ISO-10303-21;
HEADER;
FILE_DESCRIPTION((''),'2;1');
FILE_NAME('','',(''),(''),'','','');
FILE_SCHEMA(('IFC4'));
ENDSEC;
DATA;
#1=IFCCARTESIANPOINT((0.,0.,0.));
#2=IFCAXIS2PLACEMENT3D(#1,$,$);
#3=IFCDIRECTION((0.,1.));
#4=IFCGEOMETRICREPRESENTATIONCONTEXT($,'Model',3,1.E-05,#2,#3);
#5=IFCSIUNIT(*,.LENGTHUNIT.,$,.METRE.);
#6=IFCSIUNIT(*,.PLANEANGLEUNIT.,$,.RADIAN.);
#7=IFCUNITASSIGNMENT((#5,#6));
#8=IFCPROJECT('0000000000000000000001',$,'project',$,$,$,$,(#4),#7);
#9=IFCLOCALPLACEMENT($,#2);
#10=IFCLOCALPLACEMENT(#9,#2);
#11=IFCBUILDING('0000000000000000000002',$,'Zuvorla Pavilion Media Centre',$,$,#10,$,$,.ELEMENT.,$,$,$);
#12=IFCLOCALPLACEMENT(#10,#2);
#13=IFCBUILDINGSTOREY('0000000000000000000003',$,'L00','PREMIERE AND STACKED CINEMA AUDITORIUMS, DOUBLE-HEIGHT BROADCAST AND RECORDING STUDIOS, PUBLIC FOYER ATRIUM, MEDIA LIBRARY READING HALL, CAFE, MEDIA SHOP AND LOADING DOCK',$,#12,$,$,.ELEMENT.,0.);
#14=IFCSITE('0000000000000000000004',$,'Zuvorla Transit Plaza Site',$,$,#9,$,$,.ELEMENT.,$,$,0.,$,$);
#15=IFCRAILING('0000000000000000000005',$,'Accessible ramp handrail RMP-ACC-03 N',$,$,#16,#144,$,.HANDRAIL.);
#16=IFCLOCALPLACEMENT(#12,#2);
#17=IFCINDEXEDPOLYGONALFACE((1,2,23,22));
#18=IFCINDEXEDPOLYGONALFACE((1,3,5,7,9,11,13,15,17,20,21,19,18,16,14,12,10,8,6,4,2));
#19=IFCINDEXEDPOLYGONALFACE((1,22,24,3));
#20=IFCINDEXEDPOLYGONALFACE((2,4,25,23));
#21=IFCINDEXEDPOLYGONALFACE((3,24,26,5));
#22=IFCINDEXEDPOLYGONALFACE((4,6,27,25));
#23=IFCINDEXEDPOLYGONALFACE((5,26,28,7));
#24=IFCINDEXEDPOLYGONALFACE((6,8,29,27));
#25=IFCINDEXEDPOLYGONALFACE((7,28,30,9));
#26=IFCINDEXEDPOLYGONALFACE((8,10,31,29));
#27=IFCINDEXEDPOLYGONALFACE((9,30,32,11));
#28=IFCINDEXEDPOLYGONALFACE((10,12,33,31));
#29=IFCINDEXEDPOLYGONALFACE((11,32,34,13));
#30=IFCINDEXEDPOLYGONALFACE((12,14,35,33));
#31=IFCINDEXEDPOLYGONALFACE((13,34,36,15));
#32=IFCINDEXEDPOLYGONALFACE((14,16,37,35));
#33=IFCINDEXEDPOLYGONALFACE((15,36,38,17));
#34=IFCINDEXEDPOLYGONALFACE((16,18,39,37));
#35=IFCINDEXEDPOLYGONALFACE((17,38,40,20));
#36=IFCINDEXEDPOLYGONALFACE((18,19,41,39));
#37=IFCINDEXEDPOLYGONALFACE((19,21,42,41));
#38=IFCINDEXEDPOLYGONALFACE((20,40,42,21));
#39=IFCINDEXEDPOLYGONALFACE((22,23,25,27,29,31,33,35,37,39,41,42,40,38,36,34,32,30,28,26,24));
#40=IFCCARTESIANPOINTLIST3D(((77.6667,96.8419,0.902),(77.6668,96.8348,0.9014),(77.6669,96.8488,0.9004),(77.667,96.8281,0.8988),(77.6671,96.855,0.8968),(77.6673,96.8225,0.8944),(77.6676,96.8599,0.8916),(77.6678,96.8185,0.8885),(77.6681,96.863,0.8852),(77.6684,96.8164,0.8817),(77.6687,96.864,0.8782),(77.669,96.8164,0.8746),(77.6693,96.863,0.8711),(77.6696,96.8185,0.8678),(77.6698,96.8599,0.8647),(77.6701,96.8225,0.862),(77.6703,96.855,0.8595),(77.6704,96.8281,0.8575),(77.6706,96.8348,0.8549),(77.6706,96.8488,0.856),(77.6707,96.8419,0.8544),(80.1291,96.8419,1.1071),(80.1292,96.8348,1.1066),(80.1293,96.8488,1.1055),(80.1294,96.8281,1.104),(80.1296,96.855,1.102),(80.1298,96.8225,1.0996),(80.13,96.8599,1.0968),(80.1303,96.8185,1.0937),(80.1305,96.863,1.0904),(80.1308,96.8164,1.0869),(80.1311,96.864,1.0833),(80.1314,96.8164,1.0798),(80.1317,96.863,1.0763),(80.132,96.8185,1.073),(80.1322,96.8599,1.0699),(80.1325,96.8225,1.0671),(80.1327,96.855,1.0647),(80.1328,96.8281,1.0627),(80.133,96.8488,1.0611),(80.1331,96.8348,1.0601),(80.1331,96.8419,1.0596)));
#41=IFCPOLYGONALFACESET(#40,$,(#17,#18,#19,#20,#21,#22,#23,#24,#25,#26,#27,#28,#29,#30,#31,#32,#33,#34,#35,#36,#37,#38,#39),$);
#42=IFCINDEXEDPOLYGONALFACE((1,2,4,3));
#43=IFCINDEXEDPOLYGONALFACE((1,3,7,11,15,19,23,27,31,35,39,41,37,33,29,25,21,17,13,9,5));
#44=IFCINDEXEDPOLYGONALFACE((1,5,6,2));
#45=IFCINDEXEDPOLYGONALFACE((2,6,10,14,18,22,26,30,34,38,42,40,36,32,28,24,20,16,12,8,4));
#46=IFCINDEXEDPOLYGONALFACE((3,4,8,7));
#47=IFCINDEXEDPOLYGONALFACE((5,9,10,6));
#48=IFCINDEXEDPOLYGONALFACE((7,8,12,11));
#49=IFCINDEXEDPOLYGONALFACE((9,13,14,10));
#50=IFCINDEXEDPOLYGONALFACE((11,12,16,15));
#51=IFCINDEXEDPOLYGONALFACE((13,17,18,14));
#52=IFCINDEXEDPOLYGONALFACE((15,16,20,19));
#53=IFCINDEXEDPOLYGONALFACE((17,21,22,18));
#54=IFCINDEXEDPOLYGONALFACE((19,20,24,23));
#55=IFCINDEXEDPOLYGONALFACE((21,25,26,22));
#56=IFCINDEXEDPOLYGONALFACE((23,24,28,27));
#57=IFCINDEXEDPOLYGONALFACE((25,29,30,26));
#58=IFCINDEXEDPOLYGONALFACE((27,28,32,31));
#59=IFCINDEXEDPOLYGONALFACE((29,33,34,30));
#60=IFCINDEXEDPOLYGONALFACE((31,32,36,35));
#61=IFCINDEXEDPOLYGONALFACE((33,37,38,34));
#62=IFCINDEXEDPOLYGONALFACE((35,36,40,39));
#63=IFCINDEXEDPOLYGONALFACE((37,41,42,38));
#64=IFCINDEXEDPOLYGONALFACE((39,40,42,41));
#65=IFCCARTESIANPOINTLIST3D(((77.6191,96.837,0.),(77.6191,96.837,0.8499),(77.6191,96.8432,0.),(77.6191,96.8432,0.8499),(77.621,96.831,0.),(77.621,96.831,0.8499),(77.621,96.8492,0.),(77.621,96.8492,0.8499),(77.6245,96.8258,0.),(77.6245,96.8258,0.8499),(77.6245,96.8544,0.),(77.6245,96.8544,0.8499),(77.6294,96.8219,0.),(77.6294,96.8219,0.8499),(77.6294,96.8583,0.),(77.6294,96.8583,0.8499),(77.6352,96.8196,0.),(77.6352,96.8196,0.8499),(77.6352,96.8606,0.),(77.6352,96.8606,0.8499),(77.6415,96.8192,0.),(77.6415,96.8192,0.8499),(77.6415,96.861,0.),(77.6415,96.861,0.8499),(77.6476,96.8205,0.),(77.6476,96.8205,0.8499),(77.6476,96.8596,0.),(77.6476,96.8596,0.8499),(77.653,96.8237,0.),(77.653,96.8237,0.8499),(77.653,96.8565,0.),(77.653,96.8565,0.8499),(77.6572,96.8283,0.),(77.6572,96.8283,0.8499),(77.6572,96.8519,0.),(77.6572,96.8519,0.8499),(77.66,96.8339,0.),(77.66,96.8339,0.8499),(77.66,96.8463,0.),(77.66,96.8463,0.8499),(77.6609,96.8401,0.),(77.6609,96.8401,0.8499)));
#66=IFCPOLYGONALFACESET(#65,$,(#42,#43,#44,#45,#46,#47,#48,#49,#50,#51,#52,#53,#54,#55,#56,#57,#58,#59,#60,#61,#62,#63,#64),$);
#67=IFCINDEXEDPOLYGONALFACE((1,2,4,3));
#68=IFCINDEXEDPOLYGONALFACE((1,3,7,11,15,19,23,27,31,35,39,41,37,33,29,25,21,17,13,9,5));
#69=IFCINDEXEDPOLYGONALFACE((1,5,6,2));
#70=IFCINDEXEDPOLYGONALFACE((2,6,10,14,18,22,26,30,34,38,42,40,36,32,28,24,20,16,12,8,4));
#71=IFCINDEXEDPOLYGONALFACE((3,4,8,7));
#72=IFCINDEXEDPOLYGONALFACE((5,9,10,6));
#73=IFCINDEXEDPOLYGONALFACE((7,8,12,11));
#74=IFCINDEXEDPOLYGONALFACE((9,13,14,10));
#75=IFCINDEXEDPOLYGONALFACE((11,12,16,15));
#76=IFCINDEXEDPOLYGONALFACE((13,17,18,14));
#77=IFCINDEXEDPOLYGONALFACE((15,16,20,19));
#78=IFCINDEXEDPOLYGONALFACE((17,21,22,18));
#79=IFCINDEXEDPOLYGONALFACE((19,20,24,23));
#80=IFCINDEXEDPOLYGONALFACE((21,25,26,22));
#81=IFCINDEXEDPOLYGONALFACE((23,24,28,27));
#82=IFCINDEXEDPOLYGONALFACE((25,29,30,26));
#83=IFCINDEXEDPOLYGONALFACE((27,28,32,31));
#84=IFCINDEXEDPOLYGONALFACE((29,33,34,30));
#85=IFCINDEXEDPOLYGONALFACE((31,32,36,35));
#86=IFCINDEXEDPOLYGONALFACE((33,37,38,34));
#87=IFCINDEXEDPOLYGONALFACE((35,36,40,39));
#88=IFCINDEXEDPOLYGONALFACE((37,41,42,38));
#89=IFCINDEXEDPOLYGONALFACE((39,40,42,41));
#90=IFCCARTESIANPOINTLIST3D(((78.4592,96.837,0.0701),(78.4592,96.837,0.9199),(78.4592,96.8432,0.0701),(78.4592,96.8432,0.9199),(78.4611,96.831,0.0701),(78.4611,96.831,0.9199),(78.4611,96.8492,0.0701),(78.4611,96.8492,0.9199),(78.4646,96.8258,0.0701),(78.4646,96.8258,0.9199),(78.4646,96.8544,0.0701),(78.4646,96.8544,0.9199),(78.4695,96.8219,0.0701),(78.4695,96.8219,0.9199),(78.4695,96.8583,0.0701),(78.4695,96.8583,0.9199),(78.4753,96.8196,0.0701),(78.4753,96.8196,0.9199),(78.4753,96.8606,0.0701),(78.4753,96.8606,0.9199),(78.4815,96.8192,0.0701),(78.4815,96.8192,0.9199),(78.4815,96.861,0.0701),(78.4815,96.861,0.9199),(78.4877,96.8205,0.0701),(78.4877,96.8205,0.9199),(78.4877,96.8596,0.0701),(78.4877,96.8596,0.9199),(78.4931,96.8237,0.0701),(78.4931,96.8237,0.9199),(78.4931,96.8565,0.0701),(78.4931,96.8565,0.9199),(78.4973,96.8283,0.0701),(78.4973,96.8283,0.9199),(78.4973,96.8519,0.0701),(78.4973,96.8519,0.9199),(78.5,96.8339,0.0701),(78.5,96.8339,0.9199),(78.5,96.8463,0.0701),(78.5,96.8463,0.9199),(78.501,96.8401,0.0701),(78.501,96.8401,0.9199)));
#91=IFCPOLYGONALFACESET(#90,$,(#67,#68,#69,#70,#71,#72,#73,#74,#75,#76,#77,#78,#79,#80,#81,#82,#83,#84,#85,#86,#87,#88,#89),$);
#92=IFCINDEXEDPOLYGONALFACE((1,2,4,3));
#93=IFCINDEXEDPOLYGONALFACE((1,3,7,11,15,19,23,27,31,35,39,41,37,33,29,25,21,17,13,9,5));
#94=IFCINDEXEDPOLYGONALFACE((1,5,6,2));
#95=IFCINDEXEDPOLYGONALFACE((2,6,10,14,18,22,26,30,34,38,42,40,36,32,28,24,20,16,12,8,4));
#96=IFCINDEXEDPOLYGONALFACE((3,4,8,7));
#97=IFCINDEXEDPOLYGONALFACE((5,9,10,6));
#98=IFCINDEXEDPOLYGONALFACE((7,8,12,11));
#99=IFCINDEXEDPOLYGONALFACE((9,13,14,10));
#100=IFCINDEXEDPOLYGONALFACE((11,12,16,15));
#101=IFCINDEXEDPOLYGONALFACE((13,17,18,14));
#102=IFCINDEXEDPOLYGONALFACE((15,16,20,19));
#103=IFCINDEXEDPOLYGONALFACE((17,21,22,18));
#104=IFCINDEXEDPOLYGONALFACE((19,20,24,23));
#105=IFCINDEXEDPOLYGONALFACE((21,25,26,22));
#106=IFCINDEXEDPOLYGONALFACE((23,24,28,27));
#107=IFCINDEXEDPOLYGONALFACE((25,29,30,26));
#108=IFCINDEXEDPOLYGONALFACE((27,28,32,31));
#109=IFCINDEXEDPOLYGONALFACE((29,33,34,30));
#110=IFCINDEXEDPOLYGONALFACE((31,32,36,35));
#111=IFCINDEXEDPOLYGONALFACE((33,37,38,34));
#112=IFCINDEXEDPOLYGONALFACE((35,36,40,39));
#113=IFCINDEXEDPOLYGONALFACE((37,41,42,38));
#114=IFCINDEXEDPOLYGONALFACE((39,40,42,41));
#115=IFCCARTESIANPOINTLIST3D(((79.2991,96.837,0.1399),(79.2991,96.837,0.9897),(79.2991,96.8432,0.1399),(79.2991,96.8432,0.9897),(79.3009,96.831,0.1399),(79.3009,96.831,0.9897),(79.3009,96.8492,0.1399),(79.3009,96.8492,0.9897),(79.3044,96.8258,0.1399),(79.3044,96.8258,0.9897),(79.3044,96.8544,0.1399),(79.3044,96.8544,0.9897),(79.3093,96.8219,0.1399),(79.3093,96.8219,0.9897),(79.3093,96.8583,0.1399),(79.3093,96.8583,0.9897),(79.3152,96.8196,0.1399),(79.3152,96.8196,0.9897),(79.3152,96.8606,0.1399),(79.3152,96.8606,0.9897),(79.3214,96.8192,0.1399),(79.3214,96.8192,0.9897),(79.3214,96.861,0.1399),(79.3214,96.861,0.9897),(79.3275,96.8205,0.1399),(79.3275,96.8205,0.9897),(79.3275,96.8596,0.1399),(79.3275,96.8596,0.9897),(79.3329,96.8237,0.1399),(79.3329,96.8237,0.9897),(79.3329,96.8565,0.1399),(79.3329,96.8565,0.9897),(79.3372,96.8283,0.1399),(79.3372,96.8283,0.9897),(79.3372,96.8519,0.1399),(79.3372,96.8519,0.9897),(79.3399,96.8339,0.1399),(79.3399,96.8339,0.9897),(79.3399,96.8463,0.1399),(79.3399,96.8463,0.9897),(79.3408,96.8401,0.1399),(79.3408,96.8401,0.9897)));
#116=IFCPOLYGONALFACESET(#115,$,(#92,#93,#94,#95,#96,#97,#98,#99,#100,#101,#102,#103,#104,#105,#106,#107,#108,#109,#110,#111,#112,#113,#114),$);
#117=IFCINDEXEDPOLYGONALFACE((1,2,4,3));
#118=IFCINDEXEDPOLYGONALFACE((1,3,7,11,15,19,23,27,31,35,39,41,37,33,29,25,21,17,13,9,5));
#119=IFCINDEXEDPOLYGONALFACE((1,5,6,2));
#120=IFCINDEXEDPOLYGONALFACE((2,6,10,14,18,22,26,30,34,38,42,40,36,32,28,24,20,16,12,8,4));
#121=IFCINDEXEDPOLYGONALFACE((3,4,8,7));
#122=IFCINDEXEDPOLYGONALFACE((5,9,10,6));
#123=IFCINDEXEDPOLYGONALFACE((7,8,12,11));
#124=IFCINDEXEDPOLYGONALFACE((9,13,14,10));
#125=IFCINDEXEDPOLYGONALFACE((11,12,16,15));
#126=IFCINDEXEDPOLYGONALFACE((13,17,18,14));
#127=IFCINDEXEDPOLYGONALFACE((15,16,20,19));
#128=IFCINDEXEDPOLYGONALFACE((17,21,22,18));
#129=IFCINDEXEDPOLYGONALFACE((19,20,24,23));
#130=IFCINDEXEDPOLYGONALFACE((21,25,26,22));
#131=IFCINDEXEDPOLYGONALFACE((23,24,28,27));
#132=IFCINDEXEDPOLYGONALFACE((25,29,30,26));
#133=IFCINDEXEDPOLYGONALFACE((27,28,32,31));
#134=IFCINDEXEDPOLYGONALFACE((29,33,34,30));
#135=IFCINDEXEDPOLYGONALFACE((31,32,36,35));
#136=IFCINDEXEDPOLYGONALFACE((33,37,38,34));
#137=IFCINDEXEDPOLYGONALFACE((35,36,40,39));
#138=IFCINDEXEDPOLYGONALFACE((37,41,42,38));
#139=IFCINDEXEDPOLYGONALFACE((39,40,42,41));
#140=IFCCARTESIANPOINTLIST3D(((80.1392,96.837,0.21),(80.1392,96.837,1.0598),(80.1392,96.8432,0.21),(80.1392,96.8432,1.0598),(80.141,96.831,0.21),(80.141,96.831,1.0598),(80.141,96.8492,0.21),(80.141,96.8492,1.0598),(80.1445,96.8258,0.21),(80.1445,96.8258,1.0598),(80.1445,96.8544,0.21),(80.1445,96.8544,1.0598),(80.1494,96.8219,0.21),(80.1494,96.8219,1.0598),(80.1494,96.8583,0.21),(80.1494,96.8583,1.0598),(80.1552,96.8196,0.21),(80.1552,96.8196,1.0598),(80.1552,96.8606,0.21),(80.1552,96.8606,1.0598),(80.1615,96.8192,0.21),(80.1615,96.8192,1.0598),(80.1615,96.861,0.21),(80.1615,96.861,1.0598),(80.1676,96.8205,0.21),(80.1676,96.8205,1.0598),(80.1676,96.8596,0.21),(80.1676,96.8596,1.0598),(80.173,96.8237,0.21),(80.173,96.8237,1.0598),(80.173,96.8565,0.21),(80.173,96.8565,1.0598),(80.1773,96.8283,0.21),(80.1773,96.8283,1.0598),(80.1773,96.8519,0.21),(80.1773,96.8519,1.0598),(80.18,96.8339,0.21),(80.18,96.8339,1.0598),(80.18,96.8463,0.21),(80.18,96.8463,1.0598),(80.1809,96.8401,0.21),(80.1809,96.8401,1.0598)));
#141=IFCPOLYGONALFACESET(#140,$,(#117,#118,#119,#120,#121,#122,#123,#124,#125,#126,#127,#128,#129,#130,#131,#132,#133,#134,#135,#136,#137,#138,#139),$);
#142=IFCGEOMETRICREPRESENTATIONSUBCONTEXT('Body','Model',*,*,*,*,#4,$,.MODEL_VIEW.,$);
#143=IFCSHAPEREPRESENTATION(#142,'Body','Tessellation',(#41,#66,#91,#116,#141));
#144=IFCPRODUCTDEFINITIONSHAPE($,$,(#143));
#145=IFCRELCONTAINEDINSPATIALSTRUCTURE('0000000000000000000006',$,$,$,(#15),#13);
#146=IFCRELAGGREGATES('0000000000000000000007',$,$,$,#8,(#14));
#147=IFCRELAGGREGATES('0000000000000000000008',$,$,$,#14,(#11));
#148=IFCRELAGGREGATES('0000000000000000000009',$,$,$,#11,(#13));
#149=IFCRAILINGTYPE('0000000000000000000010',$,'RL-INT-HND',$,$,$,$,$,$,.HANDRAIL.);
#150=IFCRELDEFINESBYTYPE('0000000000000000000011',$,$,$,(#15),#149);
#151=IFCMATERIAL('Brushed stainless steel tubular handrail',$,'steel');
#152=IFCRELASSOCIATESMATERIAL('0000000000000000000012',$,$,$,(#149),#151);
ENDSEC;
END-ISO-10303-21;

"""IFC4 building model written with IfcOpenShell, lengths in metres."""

from ifc_helpers import new_model, si_unit, direction, frame, origin, origin_2d, place, context, subcontext, project, spatial, circle, extrude, material, type_object, element, save


model = new_model("IFC4")

# Units and contexts
model_context = context("Model", 3, precision=1e-05, world=origin(), true_north=direction((0.0, 1.0)))
body_context = subcontext(model_context, "Body", "Model", "MODEL_VIEW")
ifc_project = project(units=[si_unit("LENGTHUNIT", "METRE"), si_unit("PLANEANGLEUNIT", "RADIAN")], contexts=[model_context])

# Site, building, storey
site_placement = place(None, origin())
site = spatial("IfcSite", under=ifc_project, at=site_placement, Name="Zuvorla Transit Plaza Site", CompositionType="ELEMENT", RefElevation=0.0)
building_placement = place(site_placement, origin())
building = spatial("IfcBuilding", under=site, at=building_placement, Name="Zuvorla Pavilion Media Centre", CompositionType="ELEMENT")
storey_placement = place(building_placement, origin())
storey = spatial("IfcBuildingStorey", under=building, at=storey_placement, Name="L00", Description="PREMIERE AND STACKED CINEMA AUDITORIUMS, DOUBLE-HEIGHT BROADCAST AND RECORDING STUDIOS, PUBLIC FOYER ATRIUM, MEDIA LIBRARY READING HALL, CAFE, MEDIA SHOP AND LOADING DOCK", CompositionType="ELEMENT", Elevation=0.0)

# Railing
ifc_material_1 = material(Name="Brushed stainless steel tubular handrail", Category="steel")
railing_type = type_object("IfcRailingType", Name="RL-INT-HND", PredefinedType="HANDRAIL", material=ifc_material_1)
for number, where, name in (
    (1, (77.6399, 96.8401, 0.0), "Accessible ramp handrail RMP-ACC-03 N"),
):
    element("IfcRailing", number, at=place(storey_placement, frame(where)), inside=storey, type_object=railing_type, Name=name, PredefinedType="HANDRAIL", context=body_context, shape_type="SweptSolid", body=[
        extrude(circle(Radius=0.0239, at=origin_2d()), frame((0.0288, 0.0, 0.8782), z_axis=(0.996547, 0.0, 0.083029), x_axis=(0.0, 1.0, 0.0)), (0.0, 0.0, 1.0), 2.4709),
        extrude(circle(Radius=0.021, at=origin_2d()), origin(), (0.0, 0.0, 1.0), 0.8499),
        extrude(circle(Radius=0.021, at=origin_2d()), frame((0.8401, 0.0, 0.0701)), (0.0, 0.0, 1.0), 0.8499),
        extrude(circle(Radius=0.021, at=origin_2d()), frame((1.6799, 0.0, 0.1399)), (0.0, 0.0, 1.0), 0.8499),
        extrude(circle(Radius=0.021, at=origin_2d()), frame((2.52, 0.0, 0.21)), (0.0, 0.0, 1.0), 0.8499),
    ])

save(model, "model.ifc")
